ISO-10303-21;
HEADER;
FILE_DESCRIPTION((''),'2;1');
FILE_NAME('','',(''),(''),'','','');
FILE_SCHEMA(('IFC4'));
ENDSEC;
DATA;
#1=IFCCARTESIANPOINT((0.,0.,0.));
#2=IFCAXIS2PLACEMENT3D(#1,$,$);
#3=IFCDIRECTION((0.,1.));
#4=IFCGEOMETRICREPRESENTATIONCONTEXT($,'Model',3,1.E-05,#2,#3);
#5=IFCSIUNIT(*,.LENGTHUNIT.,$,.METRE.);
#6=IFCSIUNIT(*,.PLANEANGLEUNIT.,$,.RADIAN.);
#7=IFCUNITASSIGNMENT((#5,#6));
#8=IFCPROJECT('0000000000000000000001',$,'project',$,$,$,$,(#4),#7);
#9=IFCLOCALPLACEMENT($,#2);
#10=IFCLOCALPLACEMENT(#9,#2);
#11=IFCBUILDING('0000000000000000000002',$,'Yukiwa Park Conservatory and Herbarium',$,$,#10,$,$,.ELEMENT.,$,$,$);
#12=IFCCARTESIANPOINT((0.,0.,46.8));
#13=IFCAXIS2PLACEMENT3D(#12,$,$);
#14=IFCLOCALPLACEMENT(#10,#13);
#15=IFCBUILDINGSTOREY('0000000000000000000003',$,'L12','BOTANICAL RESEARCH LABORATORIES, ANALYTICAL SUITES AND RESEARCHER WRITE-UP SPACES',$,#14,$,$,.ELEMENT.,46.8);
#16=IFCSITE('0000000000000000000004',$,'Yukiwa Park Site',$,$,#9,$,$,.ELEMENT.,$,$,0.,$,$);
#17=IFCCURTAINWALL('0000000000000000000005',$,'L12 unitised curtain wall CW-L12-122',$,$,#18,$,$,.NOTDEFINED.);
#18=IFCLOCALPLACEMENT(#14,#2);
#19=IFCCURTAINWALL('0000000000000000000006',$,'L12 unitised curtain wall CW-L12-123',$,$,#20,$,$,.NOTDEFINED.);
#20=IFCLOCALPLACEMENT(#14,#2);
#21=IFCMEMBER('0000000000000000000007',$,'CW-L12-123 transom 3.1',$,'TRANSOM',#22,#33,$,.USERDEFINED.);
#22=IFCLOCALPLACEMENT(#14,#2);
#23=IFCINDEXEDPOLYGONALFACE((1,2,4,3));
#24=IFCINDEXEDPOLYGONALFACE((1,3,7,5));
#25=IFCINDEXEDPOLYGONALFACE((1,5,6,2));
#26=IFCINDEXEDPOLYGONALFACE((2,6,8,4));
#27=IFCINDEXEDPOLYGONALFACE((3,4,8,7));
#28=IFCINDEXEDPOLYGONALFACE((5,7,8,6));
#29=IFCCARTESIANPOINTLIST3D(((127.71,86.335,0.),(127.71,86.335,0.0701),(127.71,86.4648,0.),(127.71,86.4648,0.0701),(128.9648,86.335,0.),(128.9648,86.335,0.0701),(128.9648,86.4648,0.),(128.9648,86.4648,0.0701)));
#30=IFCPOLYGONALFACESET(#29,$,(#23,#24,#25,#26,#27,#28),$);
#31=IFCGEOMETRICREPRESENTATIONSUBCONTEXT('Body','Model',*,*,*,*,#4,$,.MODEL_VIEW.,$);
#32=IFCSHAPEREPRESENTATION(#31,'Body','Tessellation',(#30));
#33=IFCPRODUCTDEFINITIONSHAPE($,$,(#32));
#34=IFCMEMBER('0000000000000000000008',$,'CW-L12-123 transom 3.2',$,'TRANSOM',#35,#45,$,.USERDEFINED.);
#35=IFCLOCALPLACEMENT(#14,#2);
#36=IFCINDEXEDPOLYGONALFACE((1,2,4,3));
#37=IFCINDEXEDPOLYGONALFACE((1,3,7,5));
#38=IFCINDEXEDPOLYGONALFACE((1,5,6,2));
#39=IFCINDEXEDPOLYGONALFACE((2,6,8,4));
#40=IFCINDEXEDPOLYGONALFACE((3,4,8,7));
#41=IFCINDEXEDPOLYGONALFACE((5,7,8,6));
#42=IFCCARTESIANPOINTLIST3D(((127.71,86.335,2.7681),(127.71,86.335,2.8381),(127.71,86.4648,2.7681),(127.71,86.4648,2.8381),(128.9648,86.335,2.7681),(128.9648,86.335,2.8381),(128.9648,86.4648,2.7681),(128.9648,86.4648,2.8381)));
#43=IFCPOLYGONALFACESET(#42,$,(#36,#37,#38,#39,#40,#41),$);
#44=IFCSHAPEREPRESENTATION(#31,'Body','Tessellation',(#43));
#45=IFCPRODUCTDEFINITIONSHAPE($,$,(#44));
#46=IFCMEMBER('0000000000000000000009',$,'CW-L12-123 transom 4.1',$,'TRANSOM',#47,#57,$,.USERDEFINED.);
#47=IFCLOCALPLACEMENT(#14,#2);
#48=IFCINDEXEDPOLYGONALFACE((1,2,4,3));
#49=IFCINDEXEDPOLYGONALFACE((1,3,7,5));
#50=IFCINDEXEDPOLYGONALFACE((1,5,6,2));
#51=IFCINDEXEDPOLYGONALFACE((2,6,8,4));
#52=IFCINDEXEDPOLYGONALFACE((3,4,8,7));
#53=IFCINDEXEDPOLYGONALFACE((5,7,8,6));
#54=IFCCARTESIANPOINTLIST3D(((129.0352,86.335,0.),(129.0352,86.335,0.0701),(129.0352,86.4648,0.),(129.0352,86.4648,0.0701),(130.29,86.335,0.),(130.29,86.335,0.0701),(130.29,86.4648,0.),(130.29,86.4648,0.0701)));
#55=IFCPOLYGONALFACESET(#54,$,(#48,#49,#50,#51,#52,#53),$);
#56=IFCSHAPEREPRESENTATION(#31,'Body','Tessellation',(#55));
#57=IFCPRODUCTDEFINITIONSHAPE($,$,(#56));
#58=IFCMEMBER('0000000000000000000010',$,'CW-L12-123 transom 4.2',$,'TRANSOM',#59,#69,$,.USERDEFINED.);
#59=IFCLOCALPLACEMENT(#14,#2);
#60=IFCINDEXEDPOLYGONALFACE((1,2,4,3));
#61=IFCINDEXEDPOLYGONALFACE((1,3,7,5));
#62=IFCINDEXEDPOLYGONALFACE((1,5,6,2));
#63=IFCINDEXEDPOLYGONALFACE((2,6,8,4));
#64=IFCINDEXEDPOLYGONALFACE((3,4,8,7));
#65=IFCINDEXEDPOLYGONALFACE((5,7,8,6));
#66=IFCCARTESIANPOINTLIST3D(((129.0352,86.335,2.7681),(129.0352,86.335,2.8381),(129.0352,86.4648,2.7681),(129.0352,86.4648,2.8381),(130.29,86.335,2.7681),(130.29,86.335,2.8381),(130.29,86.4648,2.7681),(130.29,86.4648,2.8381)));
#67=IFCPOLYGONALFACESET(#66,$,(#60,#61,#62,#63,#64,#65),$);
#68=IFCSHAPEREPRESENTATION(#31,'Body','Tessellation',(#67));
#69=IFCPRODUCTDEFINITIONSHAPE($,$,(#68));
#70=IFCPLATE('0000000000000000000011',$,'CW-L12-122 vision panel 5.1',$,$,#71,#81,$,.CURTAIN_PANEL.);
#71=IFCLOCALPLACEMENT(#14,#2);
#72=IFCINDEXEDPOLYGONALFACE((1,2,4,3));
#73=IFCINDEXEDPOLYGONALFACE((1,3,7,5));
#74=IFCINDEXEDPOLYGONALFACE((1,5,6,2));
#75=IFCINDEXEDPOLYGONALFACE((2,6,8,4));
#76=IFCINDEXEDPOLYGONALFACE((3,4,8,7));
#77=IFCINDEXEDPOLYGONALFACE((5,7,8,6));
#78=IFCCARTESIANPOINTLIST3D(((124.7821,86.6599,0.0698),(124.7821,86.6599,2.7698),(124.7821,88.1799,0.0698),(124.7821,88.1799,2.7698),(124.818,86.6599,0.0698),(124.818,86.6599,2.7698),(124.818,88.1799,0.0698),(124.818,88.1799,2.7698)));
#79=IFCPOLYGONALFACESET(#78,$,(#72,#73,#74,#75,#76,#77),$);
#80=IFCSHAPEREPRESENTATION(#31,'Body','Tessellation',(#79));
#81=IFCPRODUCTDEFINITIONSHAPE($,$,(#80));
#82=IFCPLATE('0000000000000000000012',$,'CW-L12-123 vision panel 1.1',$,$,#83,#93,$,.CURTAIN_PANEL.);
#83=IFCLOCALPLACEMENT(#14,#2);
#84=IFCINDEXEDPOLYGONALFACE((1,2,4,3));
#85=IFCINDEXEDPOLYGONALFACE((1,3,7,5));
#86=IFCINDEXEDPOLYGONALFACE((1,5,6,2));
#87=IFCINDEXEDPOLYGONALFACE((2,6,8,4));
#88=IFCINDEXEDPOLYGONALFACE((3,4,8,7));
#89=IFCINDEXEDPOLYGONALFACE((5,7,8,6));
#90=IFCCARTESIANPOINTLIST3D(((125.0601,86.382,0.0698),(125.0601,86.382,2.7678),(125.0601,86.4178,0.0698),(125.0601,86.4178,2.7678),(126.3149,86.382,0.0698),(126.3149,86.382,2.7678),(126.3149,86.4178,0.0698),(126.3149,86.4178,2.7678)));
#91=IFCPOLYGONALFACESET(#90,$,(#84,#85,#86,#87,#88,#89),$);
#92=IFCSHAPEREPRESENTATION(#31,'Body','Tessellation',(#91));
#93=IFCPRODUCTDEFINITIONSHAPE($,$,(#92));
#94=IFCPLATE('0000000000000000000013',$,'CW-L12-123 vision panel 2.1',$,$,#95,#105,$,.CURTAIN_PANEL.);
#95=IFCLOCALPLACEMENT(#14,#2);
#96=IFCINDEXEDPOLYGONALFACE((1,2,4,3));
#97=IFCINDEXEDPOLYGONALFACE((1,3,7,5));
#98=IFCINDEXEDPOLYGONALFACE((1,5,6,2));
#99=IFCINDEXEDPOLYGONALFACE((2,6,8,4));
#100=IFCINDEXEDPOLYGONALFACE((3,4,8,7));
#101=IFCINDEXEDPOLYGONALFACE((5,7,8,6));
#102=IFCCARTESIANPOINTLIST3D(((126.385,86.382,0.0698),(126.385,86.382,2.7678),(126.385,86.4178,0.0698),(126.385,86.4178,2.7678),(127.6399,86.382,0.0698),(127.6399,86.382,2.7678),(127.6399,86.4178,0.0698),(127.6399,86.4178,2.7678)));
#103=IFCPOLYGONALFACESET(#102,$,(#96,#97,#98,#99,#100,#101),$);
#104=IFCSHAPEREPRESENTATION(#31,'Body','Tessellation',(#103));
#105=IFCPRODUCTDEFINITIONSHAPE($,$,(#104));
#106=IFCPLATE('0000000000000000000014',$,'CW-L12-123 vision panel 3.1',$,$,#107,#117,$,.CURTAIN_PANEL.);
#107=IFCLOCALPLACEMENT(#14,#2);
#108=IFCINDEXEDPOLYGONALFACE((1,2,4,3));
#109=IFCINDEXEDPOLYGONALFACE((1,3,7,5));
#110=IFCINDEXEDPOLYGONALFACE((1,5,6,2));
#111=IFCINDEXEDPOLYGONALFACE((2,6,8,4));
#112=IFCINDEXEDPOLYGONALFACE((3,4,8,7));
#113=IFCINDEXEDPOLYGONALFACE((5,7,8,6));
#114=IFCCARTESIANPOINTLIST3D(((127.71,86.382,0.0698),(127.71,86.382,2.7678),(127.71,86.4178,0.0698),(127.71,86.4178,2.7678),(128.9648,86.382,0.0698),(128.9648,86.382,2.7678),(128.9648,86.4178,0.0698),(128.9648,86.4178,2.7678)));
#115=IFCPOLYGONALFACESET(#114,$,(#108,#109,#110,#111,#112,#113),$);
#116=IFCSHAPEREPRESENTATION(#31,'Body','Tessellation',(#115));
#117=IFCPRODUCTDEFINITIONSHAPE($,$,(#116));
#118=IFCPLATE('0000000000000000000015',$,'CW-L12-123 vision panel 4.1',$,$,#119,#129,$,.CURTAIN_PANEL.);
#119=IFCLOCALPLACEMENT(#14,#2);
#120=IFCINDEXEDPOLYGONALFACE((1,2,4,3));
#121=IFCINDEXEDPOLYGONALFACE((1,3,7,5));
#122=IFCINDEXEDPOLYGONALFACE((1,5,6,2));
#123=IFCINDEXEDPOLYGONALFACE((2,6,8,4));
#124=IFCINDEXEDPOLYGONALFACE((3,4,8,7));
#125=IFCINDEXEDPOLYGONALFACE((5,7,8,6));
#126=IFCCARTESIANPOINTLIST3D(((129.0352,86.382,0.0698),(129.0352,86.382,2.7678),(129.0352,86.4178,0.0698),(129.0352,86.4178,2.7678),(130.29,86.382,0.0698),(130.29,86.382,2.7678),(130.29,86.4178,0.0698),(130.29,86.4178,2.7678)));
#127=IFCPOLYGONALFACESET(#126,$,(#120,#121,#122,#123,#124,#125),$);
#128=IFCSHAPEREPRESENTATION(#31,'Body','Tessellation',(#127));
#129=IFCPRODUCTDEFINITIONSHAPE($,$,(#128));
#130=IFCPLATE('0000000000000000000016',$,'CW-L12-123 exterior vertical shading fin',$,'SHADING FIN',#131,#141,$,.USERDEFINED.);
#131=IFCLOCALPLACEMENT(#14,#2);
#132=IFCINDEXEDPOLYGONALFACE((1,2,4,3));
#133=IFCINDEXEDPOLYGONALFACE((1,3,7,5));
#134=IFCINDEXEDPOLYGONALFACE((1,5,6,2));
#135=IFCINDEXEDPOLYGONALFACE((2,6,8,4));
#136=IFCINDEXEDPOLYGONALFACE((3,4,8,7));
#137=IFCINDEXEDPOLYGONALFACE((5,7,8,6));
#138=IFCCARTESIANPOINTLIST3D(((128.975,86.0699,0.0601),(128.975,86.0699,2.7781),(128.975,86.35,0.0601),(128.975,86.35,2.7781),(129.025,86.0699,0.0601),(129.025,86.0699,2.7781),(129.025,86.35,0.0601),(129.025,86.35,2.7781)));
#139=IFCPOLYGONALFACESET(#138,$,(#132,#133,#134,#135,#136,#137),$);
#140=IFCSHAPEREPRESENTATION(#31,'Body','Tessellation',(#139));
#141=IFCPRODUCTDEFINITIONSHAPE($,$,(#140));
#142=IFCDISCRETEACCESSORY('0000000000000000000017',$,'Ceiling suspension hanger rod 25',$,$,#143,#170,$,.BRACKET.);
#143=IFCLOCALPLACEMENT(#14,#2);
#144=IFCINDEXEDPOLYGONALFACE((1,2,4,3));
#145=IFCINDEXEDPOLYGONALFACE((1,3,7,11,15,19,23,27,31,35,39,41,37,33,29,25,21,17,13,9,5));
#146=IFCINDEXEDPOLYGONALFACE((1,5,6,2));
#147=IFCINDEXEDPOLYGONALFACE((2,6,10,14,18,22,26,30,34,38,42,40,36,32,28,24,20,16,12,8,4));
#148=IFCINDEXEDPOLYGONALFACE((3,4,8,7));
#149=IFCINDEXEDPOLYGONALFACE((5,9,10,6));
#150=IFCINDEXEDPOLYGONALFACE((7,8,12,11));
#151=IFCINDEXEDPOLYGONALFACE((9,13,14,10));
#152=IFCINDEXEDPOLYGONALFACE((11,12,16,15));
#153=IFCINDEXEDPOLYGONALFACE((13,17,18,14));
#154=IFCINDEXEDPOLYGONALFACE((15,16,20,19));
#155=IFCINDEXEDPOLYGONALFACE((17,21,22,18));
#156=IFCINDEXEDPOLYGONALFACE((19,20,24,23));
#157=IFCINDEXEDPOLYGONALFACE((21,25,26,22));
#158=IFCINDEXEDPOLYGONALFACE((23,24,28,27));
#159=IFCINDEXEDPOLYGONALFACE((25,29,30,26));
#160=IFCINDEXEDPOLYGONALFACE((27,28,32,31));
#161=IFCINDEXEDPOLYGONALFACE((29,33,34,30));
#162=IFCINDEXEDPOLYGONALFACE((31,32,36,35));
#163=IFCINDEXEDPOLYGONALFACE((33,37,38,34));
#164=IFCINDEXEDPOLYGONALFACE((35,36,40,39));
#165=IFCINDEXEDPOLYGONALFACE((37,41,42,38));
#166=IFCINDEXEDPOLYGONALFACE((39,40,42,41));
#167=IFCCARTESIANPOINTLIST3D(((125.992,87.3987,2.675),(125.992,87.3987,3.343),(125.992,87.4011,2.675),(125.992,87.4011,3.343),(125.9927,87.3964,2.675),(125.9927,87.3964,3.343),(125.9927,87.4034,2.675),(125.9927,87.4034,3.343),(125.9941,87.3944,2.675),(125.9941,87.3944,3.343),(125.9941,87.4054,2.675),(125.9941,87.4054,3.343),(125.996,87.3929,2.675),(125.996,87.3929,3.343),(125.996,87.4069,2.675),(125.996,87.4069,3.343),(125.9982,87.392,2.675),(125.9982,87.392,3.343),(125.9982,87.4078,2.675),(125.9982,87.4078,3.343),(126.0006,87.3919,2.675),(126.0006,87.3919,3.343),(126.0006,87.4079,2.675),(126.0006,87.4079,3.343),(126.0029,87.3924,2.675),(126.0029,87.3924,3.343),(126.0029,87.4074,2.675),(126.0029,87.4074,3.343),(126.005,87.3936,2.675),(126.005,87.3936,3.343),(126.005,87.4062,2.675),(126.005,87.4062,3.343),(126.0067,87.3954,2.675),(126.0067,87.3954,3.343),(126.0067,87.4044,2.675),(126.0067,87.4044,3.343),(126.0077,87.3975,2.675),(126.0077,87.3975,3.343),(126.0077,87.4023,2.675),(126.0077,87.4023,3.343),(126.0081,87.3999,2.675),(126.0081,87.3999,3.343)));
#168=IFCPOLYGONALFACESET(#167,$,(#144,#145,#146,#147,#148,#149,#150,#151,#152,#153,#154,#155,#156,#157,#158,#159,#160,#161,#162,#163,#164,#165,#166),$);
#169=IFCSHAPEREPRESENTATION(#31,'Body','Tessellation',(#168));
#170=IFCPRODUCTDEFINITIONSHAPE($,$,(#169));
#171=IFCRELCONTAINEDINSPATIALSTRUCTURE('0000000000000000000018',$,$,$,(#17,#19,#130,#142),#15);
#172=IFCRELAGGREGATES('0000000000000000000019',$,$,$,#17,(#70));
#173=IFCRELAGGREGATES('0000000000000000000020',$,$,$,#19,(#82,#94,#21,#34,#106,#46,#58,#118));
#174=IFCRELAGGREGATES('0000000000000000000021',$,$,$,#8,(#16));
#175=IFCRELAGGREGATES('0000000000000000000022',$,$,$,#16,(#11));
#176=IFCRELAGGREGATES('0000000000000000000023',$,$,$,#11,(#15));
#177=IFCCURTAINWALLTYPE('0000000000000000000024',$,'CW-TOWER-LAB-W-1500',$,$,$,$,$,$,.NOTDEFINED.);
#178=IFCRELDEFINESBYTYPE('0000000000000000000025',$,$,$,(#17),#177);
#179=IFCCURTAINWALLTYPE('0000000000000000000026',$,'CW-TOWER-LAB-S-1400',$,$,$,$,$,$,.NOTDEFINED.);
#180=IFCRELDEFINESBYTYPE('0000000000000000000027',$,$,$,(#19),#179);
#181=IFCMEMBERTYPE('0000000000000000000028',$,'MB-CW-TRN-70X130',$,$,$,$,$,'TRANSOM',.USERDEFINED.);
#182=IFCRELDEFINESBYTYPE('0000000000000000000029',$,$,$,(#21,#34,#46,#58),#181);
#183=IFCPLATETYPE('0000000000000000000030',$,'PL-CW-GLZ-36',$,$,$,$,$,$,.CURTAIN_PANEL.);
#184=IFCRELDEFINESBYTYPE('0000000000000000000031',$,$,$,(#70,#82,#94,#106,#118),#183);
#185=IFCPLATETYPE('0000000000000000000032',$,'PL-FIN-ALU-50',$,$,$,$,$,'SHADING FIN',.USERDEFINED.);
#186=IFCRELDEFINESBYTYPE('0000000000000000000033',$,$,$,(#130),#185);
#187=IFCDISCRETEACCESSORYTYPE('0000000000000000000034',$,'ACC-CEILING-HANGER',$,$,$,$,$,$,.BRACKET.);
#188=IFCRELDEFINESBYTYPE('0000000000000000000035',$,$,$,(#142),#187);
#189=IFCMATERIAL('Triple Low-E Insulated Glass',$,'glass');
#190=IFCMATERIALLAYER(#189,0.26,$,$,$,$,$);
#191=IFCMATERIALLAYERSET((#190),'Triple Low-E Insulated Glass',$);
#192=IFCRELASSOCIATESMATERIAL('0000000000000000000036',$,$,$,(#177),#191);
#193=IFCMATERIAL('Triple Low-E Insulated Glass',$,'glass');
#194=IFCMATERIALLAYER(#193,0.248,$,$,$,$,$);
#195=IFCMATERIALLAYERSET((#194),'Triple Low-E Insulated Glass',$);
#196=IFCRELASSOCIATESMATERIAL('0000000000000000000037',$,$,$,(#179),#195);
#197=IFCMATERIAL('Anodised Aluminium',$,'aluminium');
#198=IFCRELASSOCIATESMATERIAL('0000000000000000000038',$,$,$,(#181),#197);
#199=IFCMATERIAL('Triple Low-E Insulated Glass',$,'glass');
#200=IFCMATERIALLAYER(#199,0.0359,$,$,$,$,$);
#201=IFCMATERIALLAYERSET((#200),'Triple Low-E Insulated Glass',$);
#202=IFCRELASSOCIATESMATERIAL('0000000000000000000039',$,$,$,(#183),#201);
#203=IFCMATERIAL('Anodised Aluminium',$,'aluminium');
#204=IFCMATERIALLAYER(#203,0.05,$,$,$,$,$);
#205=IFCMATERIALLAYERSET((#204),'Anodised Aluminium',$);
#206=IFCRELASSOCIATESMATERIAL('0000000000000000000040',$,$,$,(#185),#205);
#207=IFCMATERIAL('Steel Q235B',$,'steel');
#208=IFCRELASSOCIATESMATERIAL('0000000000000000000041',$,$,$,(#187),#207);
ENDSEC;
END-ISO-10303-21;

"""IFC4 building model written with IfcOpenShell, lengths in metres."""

from ifc_helpers import new_model, si_unit, direction, frame, origin, origin_2d, place, context, subcontext, project, spatial, rectangle, circle, extrude, material, layer, layer_set, type_object, element, aggregate, save


model = new_model("IFC4")

# Units and contexts
model_context = context("Model", 3, precision=1e-05, world=origin(), true_north=direction((0.0, 1.0)))
body_context = subcontext(model_context, "Body", "Model", "MODEL_VIEW")
ifc_project = project(units=[si_unit("LENGTHUNIT", "METRE"), si_unit("PLANEANGLEUNIT", "RADIAN")], contexts=[model_context])

# Site, building, storey
site_placement = place(None, origin())
site = spatial("IfcSite", under=ifc_project, at=site_placement, Name="Yukiwa Park Site", CompositionType="ELEMENT", RefElevation=0.0)
building_placement = place(site_placement, origin())
building = spatial("IfcBuilding", under=site, at=building_placement, Name="Yukiwa Park Conservatory and Herbarium", CompositionType="ELEMENT")
storey_placement = place(building_placement, frame((0.0, 0.0, 46.8)))
storey = spatial("IfcBuildingStorey", under=building, at=storey_placement, Name="L12", Description="BOTANICAL RESEARCH LABORATORIES, ANALYTICAL SUITES AND RESEARCHER WRITE-UP SPACES", CompositionType="ELEMENT", Elevation=46.8)

# Curtain wall
ifc_material_1 = material(Name="Triple Low-E Insulated Glass", Category="glass")
ifc_layer_1 = layer(ifc_material_1, 0.26)
ifc_layer_set_1 = layer_set([ifc_layer_1], Name="Triple Low-E Insulated Glass")
curtain_wall_type_1 = type_object("IfcCurtainWallType", Name="CW-TOWER-LAB-W-1500", PredefinedType="NOTDEFINED", material=ifc_layer_set_1)
curtain_wall_1_placement = place(storey_placement, origin())
curtain_wall_1 = element("IfcCurtainWall", 1, at=curtain_wall_1_placement, inside=storey, type_object=curtain_wall_type_1, Name="L12 unitised curtain wall CW-L12-122", PredefinedType="NOTDEFINED")

# Curtain wall
ifc_material_2 = material(Name="Triple Low-E Insulated Glass", Category="glass")
ifc_layer_2 = layer(ifc_material_2, 0.248)
ifc_layer_set_2 = layer_set([ifc_layer_2], Name="Triple Low-E Insulated Glass")
curtain_wall_type_2 = type_object("IfcCurtainWallType", Name="CW-TOWER-LAB-S-1400", PredefinedType="NOTDEFINED", material=ifc_layer_set_2)
curtain_wall_2_placement = place(storey_placement, origin())
curtain_wall_2 = element("IfcCurtainWall", 2, at=curtain_wall_2_placement, inside=storey, type_object=curtain_wall_type_2, Name="L12 unitised curtain wall CW-L12-123", PredefinedType="NOTDEFINED")

# Members
ifc_material_3 = material(Name="Anodised Aluminium", Category="aluminium")
member_type_1 = type_object("IfcMemberType", Name="MB-CW-TRN-70X130", ElementType="TRANSOM", PredefinedType="USERDEFINED", material=ifc_material_3)
member_1_placement = place(storey_placement, frame((128.3374, 86.3999, 0.0), z_axis=(0.0, 0.0, 1.0), x_axis=(1.0, 0.0, 0.0)))
member_1 = element("IfcMember", 3, at=member_1_placement, type_object=member_type_1, Name="CW-L12-123 transom 3.1", ObjectType="TRANSOM", PredefinedType="USERDEFINED", context=body_context, shape_type="SweptSolid", body=[
    extrude(rectangle(XDim=1.2549, YDim=0.1299, at=origin_2d()), origin(), (0.0, 0.0, 1.0), 0.0701),
])
member_2_placement = place(storey_placement, frame((128.3374, 86.3999, 2.7681), z_axis=(0.0, 0.0, 1.0), x_axis=(1.0, 0.0, 0.0)))
member_2 = element("IfcMember", 4, at=member_2_placement, type_object=member_type_1, Name="CW-L12-123 transom 3.2", ObjectType="TRANSOM", PredefinedType="USERDEFINED", context=body_context, shape_type="SweptSolid", body=[
    extrude(rectangle(XDim=1.2549, YDim=0.1299, at=origin_2d()), origin(), (0.0, 0.0, 1.0), 0.0701),
])
member_3_placement = place(storey_placement, frame((129.6626, 86.3999, 0.0), z_axis=(0.0, 0.0, 1.0), x_axis=(1.0, 0.0, 0.0)))
member_3 = element("IfcMember", 5, at=member_3_placement, type_object=member_type_1, Name="CW-L12-123 transom 4.1", ObjectType="TRANSOM", PredefinedType="USERDEFINED", context=body_context, shape_type="SweptSolid", body=[
    extrude(rectangle(XDim=1.2549, YDim=0.1299, at=origin_2d()), origin(), (0.0, 0.0, 1.0), 0.0701),
])
member_4_placement = place(storey_placement, frame((129.6626, 86.3999, 2.7681), z_axis=(0.0, 0.0, 1.0), x_axis=(1.0, 0.0, 0.0)))
member_4 = element("IfcMember", 6, at=member_4_placement, type_object=member_type_1, Name="CW-L12-123 transom 4.2", ObjectType="TRANSOM", PredefinedType="USERDEFINED", context=body_context, shape_type="SweptSolid", body=[
    extrude(rectangle(XDim=1.2549, YDim=0.1299, at=origin_2d()), origin(), (0.0, 0.0, 1.0), 0.0701),
])

# Plates
ifc_material_4 = material(Name="Triple Low-E Insulated Glass", Category="glass")
ifc_layer_3 = layer(ifc_material_4, 0.0359)
ifc_layer_set_3 = layer_set([ifc_layer_3], Name="Triple Low-E Insulated Glass")
plate_type_1 = type_object("IfcPlateType", Name="PL-CW-GLZ-36", PredefinedType="CURTAIN_PANEL", material=ifc_layer_set_3)
plate_1_placement = place(storey_placement, frame((124.8, 87.4199, 0.0698), z_axis=(0.0, 0.0, 1.0), x_axis=(0.0, -1.0, 0.0)))
plate_1 = element("IfcPlate", 7, at=plate_1_placement, type_object=plate_type_1, Name="CW-L12-122 vision panel 5.1", PredefinedType="CURTAIN_PANEL", context=body_context, shape_type="SweptSolid", body=[
    extrude(rectangle(XDim=1.52, YDim=0.0359, at=origin_2d()), origin(), (0.0, 0.0, 1.0), 2.7),
])
aggregate(curtain_wall_1, [plate_1])
plate_2_placement = place(storey_placement, frame((125.6875, 86.3999, 0.0698), z_axis=(0.0, 0.0, 1.0), x_axis=(1.0, 0.0, 0.0)))
plate_2 = element("IfcPlate", 8, at=plate_2_placement, type_object=plate_type_1, Name="CW-L12-123 vision panel 1.1", PredefinedType="CURTAIN_PANEL", context=body_context, shape_type="SweptSolid", body=[
    extrude(rectangle(XDim=1.2549, YDim=0.0359, at=origin_2d()), origin(), (0.0, 0.0, 1.0), 2.698),
])
plate_3_placement = place(storey_placement, frame((127.0125, 86.3999, 0.0698), z_axis=(0.0, 0.0, 1.0), x_axis=(1.0, 0.0, 0.0)))
plate_3 = element("IfcPlate", 9, at=plate_3_placement, type_object=plate_type_1, Name="CW-L12-123 vision panel 2.1", PredefinedType="CURTAIN_PANEL", context=body_context, shape_type="SweptSolid", body=[
    extrude(rectangle(XDim=1.2549, YDim=0.0359, at=origin_2d()), origin(), (0.0, 0.0, 1.0), 2.698),
])
plate_4_placement = place(storey_placement, frame((128.3374, 86.3999, 0.0698), z_axis=(0.0, 0.0, 1.0), x_axis=(1.0, 0.0, 0.0)))
plate_4 = element("IfcPlate", 10, at=plate_4_placement, type_object=plate_type_1, Name="CW-L12-123 vision panel 3.1", PredefinedType="CURTAIN_PANEL", context=body_context, shape_type="SweptSolid", body=[
    extrude(rectangle(XDim=1.2549, YDim=0.0359, at=origin_2d()), origin(), (0.0, 0.0, 1.0), 2.698),
])
plate_5_placement = place(storey_placement, frame((129.6626, 86.3999, 0.0698), z_axis=(0.0, 0.0, 1.0), x_axis=(1.0, 0.0, 0.0)))
plate_5 = element("IfcPlate", 11, at=plate_5_placement, type_object=plate_type_1, Name="CW-L12-123 vision panel 4.1", PredefinedType="CURTAIN_PANEL", context=body_context, shape_type="SweptSolid", body=[
    extrude(rectangle(XDim=1.2549, YDim=0.0359, at=origin_2d()), origin(), (0.0, 0.0, 1.0), 2.698),
])
aggregate(curtain_wall_2, [plate_2, plate_3, member_1, member_2, plate_4, member_3, member_4, plate_5])
ifc_material_5 = material(Name="Anodised Aluminium", Category="aluminium")
ifc_layer_4 = layer(ifc_material_5, 0.05)
ifc_layer_set_4 = layer_set([ifc_layer_4], Name="Anodised Aluminium")
plate_type_2 = type_object("IfcPlateType", Name="PL-FIN-ALU-50", ElementType="SHADING FIN", PredefinedType="USERDEFINED", material=ifc_layer_set_4)
plate_6_placement = place(storey_placement, frame((129.0, 86.21, 0.0601), z_axis=(0.0, 0.0, 1.0), x_axis=(1.0, 0.0, 0.0)))
element("IfcPlate", 12, at=plate_6_placement, inside=storey, type_object=plate_type_2, Name="CW-L12-123 exterior vertical shading fin", ObjectType="SHADING FIN", PredefinedType="USERDEFINED", context=body_context, shape_type="SweptSolid", body=[
    extrude(rectangle(XDim=0.05, YDim=0.28, at=origin_2d()), origin(), (0.0, 0.0, 1.0), 2.718),
])

# Discrete accessory
ifc_material_6 = material(Name="Steel Q235B", Category="steel")
discrete_accessory_type = type_object("IfcDiscreteAccessoryType", Name="ACC-CEILING-HANGER", PredefinedType="BRACKET", material=ifc_material_6)
discrete_accessory_placement = place(storey_placement, frame((126.0, 87.3999, 2.675), z_axis=(0.0, 0.0, 1.0), x_axis=(1.0, 0.0, 0.0)))
element("IfcDiscreteAccessory", 13, at=discrete_accessory_placement, inside=storey, type_object=discrete_accessory_type, Name="Ceiling suspension hanger rod 25", PredefinedType="BRACKET", context=body_context, shape_type="SweptSolid", body=[
    extrude(circle(Radius=0.0081, at=origin_2d()), origin(), (0.0, 0.0, 1.0), 0.668),
])

save(model, "model.ifc")
